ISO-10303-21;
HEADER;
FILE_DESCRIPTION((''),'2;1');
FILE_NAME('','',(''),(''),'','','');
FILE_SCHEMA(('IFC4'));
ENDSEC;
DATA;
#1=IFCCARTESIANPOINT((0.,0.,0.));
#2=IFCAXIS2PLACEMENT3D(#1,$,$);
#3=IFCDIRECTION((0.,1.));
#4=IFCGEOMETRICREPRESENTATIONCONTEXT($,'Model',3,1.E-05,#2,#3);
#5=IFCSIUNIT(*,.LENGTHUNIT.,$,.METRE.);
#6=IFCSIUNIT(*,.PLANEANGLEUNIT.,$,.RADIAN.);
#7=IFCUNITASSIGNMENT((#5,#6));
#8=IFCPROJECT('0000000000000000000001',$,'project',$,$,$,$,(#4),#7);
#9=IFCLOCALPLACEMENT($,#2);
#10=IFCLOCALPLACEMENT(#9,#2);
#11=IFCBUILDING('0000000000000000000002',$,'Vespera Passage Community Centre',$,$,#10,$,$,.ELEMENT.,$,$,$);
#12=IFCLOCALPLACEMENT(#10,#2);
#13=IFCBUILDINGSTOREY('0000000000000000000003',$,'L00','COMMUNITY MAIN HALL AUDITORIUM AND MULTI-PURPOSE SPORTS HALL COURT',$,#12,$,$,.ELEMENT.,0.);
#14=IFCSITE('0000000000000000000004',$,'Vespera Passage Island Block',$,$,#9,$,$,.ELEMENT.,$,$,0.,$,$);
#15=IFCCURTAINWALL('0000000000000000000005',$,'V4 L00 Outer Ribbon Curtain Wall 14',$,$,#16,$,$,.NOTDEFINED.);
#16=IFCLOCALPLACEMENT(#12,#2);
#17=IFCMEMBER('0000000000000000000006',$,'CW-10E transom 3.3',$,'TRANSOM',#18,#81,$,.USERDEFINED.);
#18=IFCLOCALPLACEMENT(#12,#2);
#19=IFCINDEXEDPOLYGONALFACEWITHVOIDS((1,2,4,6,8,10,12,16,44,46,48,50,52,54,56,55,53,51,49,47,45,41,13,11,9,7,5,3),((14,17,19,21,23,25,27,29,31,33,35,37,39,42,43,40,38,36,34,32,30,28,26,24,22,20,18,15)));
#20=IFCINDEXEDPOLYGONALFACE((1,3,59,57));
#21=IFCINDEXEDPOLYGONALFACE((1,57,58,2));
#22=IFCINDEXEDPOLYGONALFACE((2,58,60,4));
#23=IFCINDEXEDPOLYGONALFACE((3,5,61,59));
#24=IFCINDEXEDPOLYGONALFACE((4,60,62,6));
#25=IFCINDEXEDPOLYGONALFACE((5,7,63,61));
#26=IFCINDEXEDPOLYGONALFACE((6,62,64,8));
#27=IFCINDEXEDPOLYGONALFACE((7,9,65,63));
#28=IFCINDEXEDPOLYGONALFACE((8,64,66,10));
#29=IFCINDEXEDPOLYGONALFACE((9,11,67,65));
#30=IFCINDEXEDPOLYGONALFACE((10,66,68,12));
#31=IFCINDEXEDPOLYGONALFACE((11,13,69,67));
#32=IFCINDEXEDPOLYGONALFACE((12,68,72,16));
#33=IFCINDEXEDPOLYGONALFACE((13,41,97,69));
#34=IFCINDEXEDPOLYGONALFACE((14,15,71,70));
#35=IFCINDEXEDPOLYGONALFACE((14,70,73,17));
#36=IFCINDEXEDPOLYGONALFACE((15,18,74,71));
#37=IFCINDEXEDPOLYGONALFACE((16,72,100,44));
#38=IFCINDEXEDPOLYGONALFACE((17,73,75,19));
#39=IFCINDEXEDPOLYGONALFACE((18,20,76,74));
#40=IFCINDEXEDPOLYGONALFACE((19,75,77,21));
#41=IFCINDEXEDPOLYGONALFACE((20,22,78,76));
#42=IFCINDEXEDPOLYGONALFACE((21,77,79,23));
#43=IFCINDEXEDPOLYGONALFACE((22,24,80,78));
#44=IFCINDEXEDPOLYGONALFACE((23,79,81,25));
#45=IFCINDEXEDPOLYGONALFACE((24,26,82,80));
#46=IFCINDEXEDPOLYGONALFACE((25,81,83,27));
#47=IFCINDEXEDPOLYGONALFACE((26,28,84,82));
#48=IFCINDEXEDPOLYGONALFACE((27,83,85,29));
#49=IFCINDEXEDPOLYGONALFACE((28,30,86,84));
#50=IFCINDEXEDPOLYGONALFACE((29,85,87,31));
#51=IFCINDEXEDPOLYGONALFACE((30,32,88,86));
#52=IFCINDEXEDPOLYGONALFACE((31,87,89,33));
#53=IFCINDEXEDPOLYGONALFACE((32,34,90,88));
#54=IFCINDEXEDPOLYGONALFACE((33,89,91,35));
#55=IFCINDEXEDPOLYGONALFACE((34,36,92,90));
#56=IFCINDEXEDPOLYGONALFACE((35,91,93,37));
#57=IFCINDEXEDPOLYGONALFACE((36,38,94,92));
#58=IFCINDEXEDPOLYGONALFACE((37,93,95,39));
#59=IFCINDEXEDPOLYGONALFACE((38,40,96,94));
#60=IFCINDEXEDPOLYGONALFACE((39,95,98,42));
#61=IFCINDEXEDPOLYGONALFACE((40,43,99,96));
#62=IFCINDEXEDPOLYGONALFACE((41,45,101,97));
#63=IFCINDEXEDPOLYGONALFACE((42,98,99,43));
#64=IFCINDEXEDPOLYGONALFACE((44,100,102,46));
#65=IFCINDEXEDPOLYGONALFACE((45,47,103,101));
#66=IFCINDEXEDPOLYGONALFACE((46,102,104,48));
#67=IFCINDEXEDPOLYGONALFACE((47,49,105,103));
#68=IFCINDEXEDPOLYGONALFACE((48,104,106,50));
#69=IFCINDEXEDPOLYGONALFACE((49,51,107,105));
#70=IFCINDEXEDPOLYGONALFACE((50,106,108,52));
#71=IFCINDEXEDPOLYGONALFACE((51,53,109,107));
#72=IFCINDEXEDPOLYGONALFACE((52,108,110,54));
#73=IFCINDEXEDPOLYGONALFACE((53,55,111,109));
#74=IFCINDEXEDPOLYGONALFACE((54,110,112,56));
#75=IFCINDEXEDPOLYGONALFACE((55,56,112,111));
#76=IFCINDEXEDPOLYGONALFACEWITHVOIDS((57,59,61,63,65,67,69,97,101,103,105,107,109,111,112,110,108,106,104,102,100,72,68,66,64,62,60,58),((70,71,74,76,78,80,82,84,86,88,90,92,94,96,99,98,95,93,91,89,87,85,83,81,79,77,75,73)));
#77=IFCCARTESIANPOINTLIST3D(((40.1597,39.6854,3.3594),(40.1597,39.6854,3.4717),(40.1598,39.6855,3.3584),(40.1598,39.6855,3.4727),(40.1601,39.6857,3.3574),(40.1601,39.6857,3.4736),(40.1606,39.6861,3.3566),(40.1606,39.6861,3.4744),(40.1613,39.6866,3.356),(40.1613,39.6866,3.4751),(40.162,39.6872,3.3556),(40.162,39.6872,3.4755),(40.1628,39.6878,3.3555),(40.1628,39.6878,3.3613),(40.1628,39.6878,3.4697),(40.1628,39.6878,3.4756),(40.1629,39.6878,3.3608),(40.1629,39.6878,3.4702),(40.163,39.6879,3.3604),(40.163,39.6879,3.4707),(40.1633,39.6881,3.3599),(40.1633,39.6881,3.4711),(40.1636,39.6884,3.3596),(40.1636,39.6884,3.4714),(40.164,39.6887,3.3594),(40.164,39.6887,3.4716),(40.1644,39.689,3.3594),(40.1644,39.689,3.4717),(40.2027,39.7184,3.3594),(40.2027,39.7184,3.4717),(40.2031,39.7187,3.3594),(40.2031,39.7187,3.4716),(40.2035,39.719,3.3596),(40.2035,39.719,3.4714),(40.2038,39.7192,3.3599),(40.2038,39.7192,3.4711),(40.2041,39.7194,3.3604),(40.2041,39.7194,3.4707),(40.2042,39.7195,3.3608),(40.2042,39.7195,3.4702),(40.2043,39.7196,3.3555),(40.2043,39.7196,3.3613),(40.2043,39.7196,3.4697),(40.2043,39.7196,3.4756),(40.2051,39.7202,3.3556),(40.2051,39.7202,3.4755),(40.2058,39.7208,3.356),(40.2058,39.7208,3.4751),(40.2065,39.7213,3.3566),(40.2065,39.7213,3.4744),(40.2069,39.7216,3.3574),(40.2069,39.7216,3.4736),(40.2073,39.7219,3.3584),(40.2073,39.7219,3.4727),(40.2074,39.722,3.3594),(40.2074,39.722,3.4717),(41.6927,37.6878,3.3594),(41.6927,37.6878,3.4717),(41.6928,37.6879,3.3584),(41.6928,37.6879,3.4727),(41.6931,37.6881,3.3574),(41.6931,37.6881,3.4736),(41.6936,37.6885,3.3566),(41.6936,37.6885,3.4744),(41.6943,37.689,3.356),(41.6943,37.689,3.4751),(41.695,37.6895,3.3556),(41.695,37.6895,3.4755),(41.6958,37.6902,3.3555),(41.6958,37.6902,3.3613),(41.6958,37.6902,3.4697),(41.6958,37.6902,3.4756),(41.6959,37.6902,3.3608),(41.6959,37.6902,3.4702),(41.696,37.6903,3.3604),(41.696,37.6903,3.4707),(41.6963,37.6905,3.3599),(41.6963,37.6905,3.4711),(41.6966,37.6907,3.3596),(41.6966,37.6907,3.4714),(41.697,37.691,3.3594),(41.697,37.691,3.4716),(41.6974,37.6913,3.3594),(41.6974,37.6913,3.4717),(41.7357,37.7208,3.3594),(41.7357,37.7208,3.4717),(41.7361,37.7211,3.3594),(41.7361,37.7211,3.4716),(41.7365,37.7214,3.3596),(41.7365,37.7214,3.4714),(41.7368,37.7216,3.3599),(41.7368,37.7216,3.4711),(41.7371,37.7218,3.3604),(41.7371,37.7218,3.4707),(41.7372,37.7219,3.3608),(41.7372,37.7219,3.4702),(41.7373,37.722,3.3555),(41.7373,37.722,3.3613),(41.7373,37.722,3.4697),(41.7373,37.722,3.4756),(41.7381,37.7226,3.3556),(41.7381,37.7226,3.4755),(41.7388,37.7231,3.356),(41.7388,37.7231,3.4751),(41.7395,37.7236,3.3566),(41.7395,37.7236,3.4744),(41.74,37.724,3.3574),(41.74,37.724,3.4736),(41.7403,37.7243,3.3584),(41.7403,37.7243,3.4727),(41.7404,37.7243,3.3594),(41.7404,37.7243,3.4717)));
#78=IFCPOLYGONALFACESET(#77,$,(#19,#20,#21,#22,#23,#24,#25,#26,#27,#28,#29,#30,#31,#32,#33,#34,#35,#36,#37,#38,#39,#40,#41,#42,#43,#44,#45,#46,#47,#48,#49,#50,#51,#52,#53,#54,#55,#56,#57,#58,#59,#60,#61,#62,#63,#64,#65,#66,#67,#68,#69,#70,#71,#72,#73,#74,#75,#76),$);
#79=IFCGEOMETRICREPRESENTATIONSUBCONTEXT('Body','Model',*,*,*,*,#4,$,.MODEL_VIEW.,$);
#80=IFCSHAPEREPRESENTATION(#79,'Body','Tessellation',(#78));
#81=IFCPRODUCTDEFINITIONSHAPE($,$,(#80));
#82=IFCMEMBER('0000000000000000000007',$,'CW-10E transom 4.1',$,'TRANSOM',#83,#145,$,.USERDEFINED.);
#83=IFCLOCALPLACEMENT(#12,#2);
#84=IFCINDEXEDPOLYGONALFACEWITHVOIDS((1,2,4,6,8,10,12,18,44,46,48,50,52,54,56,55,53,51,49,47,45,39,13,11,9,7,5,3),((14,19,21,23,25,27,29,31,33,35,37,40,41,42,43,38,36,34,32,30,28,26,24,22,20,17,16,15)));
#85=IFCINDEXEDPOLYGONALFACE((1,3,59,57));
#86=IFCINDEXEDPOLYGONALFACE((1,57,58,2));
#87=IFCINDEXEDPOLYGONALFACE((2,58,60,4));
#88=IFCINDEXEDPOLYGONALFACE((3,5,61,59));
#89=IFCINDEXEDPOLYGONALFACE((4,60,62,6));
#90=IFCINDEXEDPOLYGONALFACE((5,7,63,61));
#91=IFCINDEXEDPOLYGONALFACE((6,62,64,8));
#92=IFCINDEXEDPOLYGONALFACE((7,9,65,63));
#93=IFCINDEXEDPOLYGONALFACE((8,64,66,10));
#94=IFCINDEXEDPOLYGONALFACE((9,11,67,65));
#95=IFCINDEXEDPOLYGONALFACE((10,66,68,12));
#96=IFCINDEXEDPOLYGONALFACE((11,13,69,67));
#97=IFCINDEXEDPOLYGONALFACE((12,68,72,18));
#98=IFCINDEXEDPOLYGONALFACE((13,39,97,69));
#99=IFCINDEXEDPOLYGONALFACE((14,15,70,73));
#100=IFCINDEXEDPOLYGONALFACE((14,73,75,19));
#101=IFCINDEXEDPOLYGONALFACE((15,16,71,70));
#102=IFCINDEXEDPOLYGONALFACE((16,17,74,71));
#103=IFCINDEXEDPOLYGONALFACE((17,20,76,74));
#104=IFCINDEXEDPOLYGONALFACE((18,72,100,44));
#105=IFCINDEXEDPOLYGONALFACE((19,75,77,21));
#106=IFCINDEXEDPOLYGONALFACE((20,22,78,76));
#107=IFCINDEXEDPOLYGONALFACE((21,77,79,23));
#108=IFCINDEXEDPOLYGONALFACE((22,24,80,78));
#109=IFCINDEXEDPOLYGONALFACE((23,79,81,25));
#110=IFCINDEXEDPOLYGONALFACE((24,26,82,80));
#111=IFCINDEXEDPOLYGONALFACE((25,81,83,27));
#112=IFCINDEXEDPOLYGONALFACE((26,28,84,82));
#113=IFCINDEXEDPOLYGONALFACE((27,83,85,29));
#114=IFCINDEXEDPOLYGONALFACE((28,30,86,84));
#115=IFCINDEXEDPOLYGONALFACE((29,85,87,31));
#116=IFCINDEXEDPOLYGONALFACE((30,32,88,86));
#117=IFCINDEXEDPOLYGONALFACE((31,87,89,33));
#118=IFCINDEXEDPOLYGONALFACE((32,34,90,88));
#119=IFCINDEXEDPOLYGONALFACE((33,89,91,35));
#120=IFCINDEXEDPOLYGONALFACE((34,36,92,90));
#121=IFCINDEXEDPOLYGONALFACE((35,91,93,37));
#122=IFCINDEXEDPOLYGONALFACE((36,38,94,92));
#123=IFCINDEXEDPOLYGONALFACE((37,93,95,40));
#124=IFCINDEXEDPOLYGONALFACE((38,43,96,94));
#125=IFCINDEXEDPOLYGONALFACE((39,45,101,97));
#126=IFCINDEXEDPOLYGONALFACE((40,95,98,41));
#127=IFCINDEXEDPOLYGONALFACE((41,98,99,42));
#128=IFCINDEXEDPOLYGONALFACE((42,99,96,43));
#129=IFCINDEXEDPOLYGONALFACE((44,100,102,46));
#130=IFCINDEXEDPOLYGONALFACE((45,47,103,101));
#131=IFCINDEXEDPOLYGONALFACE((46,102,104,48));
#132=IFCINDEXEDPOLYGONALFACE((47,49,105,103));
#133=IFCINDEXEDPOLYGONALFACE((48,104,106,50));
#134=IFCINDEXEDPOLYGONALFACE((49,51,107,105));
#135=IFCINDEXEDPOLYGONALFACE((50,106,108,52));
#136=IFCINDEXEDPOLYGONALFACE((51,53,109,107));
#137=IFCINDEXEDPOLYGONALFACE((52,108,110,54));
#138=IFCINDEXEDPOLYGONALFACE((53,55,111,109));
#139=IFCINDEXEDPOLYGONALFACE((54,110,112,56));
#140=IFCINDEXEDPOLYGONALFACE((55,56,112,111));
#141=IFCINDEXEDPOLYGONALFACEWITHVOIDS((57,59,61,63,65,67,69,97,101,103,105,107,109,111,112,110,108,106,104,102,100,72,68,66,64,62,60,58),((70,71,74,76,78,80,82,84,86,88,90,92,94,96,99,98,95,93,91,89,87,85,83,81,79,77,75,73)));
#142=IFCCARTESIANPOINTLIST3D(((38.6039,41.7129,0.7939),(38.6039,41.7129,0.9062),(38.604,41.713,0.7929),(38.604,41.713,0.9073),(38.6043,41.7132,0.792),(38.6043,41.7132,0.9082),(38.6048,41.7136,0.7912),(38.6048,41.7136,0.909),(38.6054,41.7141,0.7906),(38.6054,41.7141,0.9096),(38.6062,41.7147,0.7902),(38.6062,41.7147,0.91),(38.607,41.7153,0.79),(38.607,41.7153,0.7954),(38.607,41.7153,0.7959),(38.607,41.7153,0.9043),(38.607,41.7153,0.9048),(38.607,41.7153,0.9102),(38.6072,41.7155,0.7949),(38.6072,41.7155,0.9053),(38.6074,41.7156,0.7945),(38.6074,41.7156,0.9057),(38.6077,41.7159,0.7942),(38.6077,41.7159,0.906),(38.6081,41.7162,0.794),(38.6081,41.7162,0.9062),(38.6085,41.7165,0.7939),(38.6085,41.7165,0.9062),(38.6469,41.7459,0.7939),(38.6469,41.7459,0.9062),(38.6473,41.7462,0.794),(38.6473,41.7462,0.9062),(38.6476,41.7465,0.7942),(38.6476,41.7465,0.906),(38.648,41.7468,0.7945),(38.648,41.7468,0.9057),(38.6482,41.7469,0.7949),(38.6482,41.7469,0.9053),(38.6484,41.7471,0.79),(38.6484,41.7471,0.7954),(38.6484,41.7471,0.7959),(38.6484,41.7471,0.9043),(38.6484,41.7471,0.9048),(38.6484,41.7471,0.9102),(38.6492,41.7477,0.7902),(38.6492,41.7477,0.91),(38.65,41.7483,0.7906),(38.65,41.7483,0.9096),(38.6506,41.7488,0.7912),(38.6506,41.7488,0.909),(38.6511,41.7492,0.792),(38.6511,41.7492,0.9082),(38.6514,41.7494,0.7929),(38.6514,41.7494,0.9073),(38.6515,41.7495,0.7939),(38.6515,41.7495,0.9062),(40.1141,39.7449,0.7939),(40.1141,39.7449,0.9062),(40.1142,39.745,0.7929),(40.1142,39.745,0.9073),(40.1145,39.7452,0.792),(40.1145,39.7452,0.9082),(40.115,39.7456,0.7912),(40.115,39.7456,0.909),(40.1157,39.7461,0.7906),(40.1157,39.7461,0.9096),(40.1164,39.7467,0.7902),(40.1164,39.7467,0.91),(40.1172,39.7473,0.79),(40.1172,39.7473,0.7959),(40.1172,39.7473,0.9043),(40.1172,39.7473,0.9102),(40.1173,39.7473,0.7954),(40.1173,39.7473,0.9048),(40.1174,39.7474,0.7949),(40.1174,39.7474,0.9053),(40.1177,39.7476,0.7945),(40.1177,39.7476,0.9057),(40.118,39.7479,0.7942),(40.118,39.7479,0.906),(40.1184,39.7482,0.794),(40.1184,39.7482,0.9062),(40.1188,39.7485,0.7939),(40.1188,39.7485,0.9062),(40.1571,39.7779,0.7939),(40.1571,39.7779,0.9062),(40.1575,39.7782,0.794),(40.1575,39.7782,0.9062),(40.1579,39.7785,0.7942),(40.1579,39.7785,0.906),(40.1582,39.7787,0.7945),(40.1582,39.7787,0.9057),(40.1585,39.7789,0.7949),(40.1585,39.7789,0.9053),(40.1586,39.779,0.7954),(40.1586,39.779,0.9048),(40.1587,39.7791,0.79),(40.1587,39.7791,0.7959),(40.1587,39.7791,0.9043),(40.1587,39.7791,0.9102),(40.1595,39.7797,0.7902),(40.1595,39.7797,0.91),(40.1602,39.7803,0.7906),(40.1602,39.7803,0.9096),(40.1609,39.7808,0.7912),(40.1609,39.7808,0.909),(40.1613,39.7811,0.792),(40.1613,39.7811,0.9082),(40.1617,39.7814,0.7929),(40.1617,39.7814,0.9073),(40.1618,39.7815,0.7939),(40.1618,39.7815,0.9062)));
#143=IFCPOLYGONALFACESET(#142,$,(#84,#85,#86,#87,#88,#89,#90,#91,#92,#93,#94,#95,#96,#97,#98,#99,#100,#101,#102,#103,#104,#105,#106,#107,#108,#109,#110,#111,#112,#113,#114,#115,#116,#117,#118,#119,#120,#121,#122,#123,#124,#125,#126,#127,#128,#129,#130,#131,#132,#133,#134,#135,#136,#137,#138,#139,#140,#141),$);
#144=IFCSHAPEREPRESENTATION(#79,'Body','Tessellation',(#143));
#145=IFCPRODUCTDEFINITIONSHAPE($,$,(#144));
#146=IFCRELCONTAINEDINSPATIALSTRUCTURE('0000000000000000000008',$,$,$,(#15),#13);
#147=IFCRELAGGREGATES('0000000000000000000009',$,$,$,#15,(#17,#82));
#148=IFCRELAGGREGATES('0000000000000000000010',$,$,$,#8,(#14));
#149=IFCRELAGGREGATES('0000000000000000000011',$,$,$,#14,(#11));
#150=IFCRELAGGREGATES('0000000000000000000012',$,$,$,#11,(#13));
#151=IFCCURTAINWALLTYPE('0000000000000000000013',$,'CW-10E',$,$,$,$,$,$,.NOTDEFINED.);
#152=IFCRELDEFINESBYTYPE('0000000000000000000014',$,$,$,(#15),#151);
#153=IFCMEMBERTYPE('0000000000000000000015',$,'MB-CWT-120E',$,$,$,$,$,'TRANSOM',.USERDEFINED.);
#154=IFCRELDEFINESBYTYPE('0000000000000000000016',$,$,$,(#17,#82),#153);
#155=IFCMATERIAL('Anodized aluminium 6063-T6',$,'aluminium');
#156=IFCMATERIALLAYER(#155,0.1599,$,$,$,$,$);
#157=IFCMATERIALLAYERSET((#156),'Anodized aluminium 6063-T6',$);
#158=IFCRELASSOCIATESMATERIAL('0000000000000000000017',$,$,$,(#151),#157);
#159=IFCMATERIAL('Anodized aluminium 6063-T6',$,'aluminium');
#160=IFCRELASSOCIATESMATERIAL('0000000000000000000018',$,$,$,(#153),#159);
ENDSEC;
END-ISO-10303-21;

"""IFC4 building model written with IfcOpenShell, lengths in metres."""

from ifc_helpers import new_model, si_unit, direction, frame, origin, origin_2d, place, context, subcontext, project, spatial, hollow_rectangle, extrude, material, layer, layer_set, material_profile, profile_set, type_object, element, aggregate, save


model = new_model("IFC4")

# Units and contexts
model_context = context("Model", 3, precision=1e-05, world=origin(), true_north=direction((0.0, 1.0)))
body_context = subcontext(model_context, "Body", "Model", "MODEL_VIEW")
ifc_project = project(units=[si_unit("LENGTHUNIT", "METRE"), si_unit("PLANEANGLEUNIT", "RADIAN")], contexts=[model_context])

# Site, building, storey
site_placement = place(None, origin())
site = spatial("IfcSite", under=ifc_project, at=site_placement, Name="Vespera Passage Island Block", CompositionType="ELEMENT", RefElevation=0.0)
building_placement = place(site_placement, origin())
building = spatial("IfcBuilding", under=site, at=building_placement, Name="Vespera Passage Community Centre", CompositionType="ELEMENT")
storey_placement = place(building_placement, origin())
storey = spatial("IfcBuildingStorey", under=building, at=storey_placement, Name="L00", Description="COMMUNITY MAIN HALL AUDITORIUM AND MULTI-PURPOSE SPORTS HALL COURT", CompositionType="ELEMENT", Elevation=0.0)

# Curtain wall
ifc_material_1 = material(Name="Anodized aluminium 6063-T6", Category="aluminium")
ifc_layer_1 = layer(ifc_material_1, 0.1599)
ifc_layer_set_1 = layer_set([ifc_layer_1], Name="Anodized aluminium 6063-T6")
curtain_wall_type_1 = type_object("IfcCurtainWallType", Name="CW-10E", PredefinedType="NOTDEFINED", material=ifc_layer_set_1)
curtain_wall_1_placement = place(storey_placement, origin())
curtain_wall_1 = element("IfcCurtainWall", 1, at=curtain_wall_1_placement, inside=storey, type_object=curtain_wall_type_1, Name="V4 L00 Outer Ribbon Curtain Wall 14", PredefinedType="NOTDEFINED")

# Members
ifc_material_2 = material(Name="Anodized aluminium 6063-T6", Category="aluminium")
ifc_material_profile_1 = material_profile(ifc_material_2, hollow_rectangle(XDim=0.0601, YDim=0.1201, WallThickness=0.0039, InnerFilletRadius=0.002, OuterFilletRadius=0.0039, at=origin_2d()), Name="ALU120X60X4")
ifc_profile_set_1 = profile_set([ifc_material_profile_1], Name="Anodized aluminium 6063-T6")
member_type_1 = type_object("IfcMemberType", Name="MB-CWT-120E", ElementType="TRANSOM", PredefinedType="USERDEFINED", material=ifc_profile_set_1)
member_1_placement = place(storey_placement, frame((41.7166, 37.7061, 3.4155), z_axis=(-0.608806, 0.793319, 0.0), x_axis=(-0.793319, -0.608806, 0.0)))
member_1 = element("IfcMember", 2, at=member_1_placement, type_object=member_type_1, Name="CW-10E transom 3.3", ObjectType="TRANSOM", PredefinedType="USERDEFINED", context=body_context, shape_type="SweptSolid", body=[
    extrude(hollow_rectangle(XDim=0.0601, YDim=0.1201, WallThickness=0.0039, InnerFilletRadius=0.002, OuterFilletRadius=0.0039, at=origin_2d()), origin(), (0.0, 0.0, 1.0), 2.5181),
])
member_2_placement = place(storey_placement, frame((40.1379, 39.7632, 0.8501), z_axis=(-0.608797, 0.793326, 0.0), x_axis=(-0.793326, -0.608797, 0.0)))
member_2 = element("IfcMember", 3, at=member_2_placement, type_object=member_type_1, Name="CW-10E transom 4.1", ObjectType="TRANSOM", PredefinedType="USERDEFINED", context=body_context, shape_type="SweptSolid", body=[
    extrude(hollow_rectangle(XDim=0.0601, YDim=0.1201, WallThickness=0.0039, InnerFilletRadius=0.002, OuterFilletRadius=0.0039, at=origin_2d()), origin(), (0.0, 0.0, 1.0), 2.4807),
])

aggregate(curtain_wall_1, [member_1, member_2])

save(model, "model.ifc")
